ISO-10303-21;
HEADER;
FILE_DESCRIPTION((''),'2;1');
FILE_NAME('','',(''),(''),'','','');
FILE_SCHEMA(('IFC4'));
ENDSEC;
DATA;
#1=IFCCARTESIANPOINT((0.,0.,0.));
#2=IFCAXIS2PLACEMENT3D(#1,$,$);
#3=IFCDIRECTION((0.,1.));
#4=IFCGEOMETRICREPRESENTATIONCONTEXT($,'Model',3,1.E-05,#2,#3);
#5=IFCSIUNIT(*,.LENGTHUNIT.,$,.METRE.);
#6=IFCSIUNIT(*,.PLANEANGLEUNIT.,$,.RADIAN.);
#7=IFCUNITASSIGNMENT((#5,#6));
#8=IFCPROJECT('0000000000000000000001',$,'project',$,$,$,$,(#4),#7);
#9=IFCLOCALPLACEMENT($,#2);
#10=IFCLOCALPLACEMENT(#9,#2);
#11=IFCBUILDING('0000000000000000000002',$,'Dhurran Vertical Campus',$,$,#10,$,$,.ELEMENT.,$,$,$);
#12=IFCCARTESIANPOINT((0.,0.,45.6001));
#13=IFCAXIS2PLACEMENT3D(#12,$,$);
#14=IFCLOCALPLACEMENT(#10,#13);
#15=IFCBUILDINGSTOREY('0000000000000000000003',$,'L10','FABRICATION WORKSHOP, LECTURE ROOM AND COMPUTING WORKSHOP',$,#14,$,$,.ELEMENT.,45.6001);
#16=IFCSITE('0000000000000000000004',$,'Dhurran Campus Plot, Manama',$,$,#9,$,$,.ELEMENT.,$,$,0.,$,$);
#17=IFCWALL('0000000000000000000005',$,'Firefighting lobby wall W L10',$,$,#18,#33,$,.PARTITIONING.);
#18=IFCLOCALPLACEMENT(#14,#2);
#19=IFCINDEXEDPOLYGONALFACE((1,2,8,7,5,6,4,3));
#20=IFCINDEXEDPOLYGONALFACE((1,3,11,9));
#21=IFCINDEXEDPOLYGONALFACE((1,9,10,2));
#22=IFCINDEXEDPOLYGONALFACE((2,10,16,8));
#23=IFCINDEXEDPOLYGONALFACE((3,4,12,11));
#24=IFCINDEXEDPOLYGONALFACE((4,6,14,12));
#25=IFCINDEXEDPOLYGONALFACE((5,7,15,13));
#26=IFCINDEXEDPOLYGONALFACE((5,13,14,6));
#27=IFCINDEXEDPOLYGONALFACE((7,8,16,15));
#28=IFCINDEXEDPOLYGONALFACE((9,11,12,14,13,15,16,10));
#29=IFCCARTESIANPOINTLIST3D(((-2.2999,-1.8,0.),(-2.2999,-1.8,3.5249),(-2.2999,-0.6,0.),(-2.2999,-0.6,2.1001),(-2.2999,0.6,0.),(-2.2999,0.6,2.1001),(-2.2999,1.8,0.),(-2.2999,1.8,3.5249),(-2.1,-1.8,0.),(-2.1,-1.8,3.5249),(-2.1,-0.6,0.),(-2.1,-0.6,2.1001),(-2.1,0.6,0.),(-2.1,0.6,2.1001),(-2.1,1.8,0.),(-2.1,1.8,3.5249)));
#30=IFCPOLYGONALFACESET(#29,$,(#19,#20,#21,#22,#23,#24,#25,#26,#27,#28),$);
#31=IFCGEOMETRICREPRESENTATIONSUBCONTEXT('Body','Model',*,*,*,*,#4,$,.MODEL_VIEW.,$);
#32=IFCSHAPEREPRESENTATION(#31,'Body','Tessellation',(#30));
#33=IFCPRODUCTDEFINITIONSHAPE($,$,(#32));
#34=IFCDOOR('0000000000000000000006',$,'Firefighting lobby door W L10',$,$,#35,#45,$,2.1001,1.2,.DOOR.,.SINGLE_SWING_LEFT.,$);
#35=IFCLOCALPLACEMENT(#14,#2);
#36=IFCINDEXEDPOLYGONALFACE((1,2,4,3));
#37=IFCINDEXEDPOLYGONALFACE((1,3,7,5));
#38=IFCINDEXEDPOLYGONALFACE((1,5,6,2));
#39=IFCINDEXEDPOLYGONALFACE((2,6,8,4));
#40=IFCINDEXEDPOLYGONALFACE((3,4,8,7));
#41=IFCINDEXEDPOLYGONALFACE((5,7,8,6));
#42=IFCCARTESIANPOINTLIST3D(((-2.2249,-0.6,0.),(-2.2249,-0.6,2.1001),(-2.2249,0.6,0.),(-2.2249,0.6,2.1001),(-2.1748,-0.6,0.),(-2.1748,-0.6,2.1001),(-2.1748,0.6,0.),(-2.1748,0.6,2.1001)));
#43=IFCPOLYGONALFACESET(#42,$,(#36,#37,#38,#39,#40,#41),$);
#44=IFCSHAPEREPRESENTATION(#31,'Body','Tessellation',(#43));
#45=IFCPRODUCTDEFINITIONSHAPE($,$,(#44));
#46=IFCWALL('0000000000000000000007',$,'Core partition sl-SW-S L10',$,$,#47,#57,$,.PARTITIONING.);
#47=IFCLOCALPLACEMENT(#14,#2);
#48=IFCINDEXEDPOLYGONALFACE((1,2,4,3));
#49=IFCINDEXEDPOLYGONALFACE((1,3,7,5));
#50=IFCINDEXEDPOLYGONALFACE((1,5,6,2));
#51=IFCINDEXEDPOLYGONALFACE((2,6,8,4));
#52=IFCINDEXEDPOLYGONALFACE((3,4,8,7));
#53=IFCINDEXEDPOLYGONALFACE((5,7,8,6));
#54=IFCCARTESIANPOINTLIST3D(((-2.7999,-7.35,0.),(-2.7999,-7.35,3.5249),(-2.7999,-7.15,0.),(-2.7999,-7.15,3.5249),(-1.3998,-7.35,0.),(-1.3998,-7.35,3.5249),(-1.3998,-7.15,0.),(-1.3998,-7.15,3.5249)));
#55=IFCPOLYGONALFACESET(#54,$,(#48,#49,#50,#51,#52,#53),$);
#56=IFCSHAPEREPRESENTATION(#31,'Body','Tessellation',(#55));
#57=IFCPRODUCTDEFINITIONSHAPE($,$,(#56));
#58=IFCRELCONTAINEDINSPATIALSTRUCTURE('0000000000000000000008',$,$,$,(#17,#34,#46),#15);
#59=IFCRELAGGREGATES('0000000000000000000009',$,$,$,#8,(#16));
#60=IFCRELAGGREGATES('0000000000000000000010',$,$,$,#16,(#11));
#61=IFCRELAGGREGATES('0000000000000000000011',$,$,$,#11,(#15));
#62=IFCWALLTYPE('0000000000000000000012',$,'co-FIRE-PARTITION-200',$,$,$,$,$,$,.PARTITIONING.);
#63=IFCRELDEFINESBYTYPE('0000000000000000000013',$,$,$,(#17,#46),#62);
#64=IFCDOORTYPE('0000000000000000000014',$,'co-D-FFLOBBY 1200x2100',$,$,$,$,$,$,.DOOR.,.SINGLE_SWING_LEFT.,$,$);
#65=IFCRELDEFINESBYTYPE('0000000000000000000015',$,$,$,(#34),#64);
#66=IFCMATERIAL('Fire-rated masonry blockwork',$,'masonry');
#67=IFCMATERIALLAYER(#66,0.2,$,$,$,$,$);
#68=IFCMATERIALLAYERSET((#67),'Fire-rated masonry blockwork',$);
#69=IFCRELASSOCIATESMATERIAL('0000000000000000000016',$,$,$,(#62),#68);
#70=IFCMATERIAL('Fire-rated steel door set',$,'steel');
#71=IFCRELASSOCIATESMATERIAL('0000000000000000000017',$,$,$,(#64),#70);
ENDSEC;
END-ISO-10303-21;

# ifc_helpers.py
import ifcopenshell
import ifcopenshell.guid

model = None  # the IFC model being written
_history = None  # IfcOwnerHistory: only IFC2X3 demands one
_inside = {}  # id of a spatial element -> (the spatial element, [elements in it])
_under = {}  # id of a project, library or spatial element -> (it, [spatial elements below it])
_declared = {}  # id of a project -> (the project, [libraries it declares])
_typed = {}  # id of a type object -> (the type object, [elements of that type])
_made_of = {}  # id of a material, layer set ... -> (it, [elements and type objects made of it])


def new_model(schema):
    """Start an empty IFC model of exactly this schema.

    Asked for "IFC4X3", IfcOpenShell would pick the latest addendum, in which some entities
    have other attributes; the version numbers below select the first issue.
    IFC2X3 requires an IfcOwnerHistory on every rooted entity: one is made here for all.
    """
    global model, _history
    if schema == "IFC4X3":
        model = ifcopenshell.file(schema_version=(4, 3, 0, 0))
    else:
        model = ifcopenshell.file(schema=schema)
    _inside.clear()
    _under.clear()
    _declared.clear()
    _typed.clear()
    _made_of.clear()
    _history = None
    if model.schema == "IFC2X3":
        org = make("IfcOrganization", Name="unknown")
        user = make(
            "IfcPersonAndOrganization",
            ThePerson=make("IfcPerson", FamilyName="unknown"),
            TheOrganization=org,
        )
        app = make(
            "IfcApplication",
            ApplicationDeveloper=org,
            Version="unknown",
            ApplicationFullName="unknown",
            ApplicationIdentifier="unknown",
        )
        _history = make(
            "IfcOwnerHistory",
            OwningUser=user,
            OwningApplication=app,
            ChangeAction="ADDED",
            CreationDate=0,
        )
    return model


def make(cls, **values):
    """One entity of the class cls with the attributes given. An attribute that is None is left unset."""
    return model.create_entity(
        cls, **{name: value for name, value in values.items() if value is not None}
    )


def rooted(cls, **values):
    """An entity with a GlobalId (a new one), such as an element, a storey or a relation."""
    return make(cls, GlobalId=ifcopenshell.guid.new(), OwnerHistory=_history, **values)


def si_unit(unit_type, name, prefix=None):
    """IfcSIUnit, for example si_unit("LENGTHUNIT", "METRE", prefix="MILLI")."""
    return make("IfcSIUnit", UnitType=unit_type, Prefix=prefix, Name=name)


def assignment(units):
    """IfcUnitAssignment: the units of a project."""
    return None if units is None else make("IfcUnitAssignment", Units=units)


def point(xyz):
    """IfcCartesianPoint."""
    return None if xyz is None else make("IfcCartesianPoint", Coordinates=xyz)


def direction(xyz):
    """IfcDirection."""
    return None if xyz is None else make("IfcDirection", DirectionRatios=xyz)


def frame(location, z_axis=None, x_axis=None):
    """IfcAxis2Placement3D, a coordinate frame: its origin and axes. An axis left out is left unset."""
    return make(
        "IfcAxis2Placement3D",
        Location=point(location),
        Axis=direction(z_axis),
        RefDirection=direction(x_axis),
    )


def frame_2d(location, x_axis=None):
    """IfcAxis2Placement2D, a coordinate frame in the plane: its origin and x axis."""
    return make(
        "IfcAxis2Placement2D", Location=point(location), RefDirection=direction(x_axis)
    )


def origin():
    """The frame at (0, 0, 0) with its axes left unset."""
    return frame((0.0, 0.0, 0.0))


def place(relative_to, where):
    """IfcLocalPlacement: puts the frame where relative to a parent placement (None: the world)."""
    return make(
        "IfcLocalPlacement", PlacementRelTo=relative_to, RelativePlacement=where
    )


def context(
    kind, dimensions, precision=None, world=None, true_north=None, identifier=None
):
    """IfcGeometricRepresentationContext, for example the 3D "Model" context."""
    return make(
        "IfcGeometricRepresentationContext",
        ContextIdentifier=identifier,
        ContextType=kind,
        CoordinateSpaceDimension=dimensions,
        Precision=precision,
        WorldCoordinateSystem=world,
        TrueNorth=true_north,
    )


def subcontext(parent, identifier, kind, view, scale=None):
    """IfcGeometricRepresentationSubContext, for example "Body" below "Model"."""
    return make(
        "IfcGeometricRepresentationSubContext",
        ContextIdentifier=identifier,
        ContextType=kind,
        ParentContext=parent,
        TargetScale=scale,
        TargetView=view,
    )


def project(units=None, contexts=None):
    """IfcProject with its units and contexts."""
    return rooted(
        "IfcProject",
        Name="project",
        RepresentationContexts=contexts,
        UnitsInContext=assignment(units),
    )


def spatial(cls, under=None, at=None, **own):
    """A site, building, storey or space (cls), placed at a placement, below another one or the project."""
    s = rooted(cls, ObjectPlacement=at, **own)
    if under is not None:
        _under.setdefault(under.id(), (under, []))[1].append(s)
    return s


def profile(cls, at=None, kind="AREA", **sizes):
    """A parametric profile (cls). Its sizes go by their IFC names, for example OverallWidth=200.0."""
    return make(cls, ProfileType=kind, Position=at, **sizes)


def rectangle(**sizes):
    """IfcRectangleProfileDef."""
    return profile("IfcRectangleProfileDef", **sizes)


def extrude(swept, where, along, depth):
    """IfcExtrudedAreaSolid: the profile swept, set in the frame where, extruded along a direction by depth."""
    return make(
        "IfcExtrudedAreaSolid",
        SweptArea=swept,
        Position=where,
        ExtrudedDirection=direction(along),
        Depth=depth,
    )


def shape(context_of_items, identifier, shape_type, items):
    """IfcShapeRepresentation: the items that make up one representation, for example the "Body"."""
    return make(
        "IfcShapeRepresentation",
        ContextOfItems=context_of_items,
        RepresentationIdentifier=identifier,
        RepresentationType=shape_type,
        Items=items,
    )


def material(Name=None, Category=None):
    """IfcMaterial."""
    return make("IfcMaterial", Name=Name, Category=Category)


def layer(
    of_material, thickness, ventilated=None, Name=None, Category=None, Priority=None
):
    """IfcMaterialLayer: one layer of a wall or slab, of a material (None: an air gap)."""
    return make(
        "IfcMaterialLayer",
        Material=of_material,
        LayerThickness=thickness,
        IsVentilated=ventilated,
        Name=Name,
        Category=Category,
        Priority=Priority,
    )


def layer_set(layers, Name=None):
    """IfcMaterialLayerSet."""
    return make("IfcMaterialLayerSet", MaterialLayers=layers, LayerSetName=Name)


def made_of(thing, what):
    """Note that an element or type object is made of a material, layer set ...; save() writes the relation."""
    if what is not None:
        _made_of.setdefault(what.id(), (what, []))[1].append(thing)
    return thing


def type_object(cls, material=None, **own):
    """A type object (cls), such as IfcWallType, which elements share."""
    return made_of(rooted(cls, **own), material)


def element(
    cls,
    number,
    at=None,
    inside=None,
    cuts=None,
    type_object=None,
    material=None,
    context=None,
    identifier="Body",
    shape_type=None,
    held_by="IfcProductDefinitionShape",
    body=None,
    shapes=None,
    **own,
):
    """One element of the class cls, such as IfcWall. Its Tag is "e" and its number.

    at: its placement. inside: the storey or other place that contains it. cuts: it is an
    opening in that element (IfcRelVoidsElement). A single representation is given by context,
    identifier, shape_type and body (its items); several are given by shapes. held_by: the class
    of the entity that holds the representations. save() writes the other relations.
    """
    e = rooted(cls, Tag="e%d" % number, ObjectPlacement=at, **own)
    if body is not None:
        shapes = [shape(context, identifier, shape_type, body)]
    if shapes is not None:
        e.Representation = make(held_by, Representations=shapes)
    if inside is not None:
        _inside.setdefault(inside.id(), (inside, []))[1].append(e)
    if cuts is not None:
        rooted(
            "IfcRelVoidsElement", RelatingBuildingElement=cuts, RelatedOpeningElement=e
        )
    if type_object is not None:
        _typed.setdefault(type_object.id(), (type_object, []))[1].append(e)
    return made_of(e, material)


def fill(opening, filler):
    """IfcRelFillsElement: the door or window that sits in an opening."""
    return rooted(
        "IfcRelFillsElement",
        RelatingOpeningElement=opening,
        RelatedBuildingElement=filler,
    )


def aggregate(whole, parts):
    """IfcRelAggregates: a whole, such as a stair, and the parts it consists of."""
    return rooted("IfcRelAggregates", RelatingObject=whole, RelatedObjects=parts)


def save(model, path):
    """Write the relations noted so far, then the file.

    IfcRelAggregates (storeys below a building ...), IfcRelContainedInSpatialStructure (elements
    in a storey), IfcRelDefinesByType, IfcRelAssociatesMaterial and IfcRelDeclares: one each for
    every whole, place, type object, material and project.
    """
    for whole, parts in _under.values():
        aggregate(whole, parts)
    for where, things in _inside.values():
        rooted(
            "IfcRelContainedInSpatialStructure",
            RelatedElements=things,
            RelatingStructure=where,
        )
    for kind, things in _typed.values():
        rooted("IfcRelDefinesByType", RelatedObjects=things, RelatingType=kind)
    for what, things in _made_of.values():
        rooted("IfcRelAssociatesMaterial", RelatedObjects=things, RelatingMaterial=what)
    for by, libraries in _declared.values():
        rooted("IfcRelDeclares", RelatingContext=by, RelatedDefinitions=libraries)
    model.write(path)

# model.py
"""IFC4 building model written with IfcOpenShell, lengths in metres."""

from ifc_helpers import new_model, si_unit, direction, frame, frame_2d, origin, place, context, subcontext, project, spatial, rectangle, extrude, material, layer, layer_set, type_object, element, fill, save


model = new_model("IFC4")

# Units and contexts
model_context = context("Model", 3, precision=1e-05, world=origin(), true_north=direction((0.0, 1.0)))
body_context = subcontext(model_context, "Body", "Model", "MODEL_VIEW")
ifc_project = project(units=[si_unit("LENGTHUNIT", "METRE"), si_unit("PLANEANGLEUNIT", "RADIAN")], contexts=[model_context])

# Site, building, storey
site_placement = place(None, origin())
site = spatial("IfcSite", under=ifc_project, at=site_placement, Name="Dhurran Campus Plot, Manama", CompositionType="ELEMENT", RefElevation=0.0)
building_placement = place(site_placement, origin())
building = spatial("IfcBuilding", under=site, at=building_placement, Name="Dhurran Vertical Campus", CompositionType="ELEMENT")
storey_placement = place(building_placement, frame((0.0, 0.0, 45.6001)))
storey = spatial("IfcBuildingStorey", under=building, at=storey_placement, Name="L10", Description="FABRICATION WORKSHOP, LECTURE ROOM AND COMPUTING WORKSHOP", CompositionType="ELEMENT", Elevation=45.6001)

# Wall, opening, door
ifc_material_1 = material(Name="Fire-rated masonry blockwork", Category="masonry")
ifc_layer_1 = layer(ifc_material_1, 0.2)
ifc_layer_set_1 = layer_set([ifc_layer_1], Name="Fire-rated masonry blockwork")
wall_type_1 = type_object("IfcWallType", Name="co-FIRE-PARTITION-200", PredefinedType="PARTITIONING", material=ifc_layer_set_1)
wall_1_placement = place(storey_placement, frame((-2.2, -1.8, 0.0), z_axis=(0.0, 0.0, 1.0), x_axis=(0.0, 1.0, 0.0)))
wall_1 = element("IfcWall", 1, at=wall_1_placement, inside=storey, type_object=wall_type_1, Name="Firefighting lobby wall W L10", PredefinedType="PARTITIONING", context=body_context, shape_type="SweptSolid", body=[
    extrude(rectangle(XDim=3.6001, YDim=0.2, at=frame_2d((1.8, 0.0))), origin(), (0.0, 0.0, 1.0), 3.5249),
])
opening_1_placement = place(wall_1_placement, frame((1.2, 0.0, 0.0)))
opening_1 = element("IfcOpeningElement", 2, at=opening_1_placement, cuts=wall_1, PredefinedType="OPENING", context=body_context, shape_type="SweptSolid", body=[
    extrude(rectangle(XDim=1.2, YDim=2.1001, at=frame_2d((0.6001, 1.05))), frame((0.0, 0.1099, 0.0), z_axis=(0.0, -1.0, 0.0), x_axis=(1.0, 0.0, 0.0)), (0.0, 0.0, 1.0), 0.22),
])
ifc_material_2 = material(Name="Fire-rated steel door set", Category="steel")
door_type_1 = type_object("IfcDoorType", Name="co-D-FFLOBBY 1200x2100", OperationType="SINGLE_SWING_LEFT", PredefinedType="DOOR", material=ifc_material_2)
door_1_placement = place(opening_1_placement, origin())
door_1 = element("IfcDoor", 3, at=door_1_placement, inside=storey, type_object=door_type_1, Name="Firefighting lobby door W L10", OperationType="SINGLE_SWING_LEFT", OverallHeight=2.1001, OverallWidth=1.2, PredefinedType="DOOR", context=body_context, shape_type="SweptSolid", body=[
    extrude(rectangle(XDim=1.2, YDim=2.1001, at=frame_2d((0.6001, 1.05))), frame((0.0, 0.0249, 0.0), z_axis=(0.0, -1.0, 0.0), x_axis=(1.0, 0.0, 0.0)), (0.0, 0.0, 1.0), 0.05),
])
fill(opening_1, door_1)

# Wall
wall_2_placement = place(storey_placement, frame((-2.8, -7.25, 0.0), z_axis=(0.0, 0.0, 1.0), x_axis=(1.0, 0.0, 0.0)))
element("IfcWall", 4, at=wall_2_placement, inside=storey, type_object=wall_type_1, Name="Core partition sl-SW-S L10", PredefinedType="PARTITIONING", context=body_context, shape_type="SweptSolid", body=[
    extrude(rectangle(XDim=1.4001, YDim=0.2, at=frame_2d((0.7002, 0.0))), origin(), (0.0, 0.0, 1.0), 3.5249),
])

save(model, "model.ifc")
